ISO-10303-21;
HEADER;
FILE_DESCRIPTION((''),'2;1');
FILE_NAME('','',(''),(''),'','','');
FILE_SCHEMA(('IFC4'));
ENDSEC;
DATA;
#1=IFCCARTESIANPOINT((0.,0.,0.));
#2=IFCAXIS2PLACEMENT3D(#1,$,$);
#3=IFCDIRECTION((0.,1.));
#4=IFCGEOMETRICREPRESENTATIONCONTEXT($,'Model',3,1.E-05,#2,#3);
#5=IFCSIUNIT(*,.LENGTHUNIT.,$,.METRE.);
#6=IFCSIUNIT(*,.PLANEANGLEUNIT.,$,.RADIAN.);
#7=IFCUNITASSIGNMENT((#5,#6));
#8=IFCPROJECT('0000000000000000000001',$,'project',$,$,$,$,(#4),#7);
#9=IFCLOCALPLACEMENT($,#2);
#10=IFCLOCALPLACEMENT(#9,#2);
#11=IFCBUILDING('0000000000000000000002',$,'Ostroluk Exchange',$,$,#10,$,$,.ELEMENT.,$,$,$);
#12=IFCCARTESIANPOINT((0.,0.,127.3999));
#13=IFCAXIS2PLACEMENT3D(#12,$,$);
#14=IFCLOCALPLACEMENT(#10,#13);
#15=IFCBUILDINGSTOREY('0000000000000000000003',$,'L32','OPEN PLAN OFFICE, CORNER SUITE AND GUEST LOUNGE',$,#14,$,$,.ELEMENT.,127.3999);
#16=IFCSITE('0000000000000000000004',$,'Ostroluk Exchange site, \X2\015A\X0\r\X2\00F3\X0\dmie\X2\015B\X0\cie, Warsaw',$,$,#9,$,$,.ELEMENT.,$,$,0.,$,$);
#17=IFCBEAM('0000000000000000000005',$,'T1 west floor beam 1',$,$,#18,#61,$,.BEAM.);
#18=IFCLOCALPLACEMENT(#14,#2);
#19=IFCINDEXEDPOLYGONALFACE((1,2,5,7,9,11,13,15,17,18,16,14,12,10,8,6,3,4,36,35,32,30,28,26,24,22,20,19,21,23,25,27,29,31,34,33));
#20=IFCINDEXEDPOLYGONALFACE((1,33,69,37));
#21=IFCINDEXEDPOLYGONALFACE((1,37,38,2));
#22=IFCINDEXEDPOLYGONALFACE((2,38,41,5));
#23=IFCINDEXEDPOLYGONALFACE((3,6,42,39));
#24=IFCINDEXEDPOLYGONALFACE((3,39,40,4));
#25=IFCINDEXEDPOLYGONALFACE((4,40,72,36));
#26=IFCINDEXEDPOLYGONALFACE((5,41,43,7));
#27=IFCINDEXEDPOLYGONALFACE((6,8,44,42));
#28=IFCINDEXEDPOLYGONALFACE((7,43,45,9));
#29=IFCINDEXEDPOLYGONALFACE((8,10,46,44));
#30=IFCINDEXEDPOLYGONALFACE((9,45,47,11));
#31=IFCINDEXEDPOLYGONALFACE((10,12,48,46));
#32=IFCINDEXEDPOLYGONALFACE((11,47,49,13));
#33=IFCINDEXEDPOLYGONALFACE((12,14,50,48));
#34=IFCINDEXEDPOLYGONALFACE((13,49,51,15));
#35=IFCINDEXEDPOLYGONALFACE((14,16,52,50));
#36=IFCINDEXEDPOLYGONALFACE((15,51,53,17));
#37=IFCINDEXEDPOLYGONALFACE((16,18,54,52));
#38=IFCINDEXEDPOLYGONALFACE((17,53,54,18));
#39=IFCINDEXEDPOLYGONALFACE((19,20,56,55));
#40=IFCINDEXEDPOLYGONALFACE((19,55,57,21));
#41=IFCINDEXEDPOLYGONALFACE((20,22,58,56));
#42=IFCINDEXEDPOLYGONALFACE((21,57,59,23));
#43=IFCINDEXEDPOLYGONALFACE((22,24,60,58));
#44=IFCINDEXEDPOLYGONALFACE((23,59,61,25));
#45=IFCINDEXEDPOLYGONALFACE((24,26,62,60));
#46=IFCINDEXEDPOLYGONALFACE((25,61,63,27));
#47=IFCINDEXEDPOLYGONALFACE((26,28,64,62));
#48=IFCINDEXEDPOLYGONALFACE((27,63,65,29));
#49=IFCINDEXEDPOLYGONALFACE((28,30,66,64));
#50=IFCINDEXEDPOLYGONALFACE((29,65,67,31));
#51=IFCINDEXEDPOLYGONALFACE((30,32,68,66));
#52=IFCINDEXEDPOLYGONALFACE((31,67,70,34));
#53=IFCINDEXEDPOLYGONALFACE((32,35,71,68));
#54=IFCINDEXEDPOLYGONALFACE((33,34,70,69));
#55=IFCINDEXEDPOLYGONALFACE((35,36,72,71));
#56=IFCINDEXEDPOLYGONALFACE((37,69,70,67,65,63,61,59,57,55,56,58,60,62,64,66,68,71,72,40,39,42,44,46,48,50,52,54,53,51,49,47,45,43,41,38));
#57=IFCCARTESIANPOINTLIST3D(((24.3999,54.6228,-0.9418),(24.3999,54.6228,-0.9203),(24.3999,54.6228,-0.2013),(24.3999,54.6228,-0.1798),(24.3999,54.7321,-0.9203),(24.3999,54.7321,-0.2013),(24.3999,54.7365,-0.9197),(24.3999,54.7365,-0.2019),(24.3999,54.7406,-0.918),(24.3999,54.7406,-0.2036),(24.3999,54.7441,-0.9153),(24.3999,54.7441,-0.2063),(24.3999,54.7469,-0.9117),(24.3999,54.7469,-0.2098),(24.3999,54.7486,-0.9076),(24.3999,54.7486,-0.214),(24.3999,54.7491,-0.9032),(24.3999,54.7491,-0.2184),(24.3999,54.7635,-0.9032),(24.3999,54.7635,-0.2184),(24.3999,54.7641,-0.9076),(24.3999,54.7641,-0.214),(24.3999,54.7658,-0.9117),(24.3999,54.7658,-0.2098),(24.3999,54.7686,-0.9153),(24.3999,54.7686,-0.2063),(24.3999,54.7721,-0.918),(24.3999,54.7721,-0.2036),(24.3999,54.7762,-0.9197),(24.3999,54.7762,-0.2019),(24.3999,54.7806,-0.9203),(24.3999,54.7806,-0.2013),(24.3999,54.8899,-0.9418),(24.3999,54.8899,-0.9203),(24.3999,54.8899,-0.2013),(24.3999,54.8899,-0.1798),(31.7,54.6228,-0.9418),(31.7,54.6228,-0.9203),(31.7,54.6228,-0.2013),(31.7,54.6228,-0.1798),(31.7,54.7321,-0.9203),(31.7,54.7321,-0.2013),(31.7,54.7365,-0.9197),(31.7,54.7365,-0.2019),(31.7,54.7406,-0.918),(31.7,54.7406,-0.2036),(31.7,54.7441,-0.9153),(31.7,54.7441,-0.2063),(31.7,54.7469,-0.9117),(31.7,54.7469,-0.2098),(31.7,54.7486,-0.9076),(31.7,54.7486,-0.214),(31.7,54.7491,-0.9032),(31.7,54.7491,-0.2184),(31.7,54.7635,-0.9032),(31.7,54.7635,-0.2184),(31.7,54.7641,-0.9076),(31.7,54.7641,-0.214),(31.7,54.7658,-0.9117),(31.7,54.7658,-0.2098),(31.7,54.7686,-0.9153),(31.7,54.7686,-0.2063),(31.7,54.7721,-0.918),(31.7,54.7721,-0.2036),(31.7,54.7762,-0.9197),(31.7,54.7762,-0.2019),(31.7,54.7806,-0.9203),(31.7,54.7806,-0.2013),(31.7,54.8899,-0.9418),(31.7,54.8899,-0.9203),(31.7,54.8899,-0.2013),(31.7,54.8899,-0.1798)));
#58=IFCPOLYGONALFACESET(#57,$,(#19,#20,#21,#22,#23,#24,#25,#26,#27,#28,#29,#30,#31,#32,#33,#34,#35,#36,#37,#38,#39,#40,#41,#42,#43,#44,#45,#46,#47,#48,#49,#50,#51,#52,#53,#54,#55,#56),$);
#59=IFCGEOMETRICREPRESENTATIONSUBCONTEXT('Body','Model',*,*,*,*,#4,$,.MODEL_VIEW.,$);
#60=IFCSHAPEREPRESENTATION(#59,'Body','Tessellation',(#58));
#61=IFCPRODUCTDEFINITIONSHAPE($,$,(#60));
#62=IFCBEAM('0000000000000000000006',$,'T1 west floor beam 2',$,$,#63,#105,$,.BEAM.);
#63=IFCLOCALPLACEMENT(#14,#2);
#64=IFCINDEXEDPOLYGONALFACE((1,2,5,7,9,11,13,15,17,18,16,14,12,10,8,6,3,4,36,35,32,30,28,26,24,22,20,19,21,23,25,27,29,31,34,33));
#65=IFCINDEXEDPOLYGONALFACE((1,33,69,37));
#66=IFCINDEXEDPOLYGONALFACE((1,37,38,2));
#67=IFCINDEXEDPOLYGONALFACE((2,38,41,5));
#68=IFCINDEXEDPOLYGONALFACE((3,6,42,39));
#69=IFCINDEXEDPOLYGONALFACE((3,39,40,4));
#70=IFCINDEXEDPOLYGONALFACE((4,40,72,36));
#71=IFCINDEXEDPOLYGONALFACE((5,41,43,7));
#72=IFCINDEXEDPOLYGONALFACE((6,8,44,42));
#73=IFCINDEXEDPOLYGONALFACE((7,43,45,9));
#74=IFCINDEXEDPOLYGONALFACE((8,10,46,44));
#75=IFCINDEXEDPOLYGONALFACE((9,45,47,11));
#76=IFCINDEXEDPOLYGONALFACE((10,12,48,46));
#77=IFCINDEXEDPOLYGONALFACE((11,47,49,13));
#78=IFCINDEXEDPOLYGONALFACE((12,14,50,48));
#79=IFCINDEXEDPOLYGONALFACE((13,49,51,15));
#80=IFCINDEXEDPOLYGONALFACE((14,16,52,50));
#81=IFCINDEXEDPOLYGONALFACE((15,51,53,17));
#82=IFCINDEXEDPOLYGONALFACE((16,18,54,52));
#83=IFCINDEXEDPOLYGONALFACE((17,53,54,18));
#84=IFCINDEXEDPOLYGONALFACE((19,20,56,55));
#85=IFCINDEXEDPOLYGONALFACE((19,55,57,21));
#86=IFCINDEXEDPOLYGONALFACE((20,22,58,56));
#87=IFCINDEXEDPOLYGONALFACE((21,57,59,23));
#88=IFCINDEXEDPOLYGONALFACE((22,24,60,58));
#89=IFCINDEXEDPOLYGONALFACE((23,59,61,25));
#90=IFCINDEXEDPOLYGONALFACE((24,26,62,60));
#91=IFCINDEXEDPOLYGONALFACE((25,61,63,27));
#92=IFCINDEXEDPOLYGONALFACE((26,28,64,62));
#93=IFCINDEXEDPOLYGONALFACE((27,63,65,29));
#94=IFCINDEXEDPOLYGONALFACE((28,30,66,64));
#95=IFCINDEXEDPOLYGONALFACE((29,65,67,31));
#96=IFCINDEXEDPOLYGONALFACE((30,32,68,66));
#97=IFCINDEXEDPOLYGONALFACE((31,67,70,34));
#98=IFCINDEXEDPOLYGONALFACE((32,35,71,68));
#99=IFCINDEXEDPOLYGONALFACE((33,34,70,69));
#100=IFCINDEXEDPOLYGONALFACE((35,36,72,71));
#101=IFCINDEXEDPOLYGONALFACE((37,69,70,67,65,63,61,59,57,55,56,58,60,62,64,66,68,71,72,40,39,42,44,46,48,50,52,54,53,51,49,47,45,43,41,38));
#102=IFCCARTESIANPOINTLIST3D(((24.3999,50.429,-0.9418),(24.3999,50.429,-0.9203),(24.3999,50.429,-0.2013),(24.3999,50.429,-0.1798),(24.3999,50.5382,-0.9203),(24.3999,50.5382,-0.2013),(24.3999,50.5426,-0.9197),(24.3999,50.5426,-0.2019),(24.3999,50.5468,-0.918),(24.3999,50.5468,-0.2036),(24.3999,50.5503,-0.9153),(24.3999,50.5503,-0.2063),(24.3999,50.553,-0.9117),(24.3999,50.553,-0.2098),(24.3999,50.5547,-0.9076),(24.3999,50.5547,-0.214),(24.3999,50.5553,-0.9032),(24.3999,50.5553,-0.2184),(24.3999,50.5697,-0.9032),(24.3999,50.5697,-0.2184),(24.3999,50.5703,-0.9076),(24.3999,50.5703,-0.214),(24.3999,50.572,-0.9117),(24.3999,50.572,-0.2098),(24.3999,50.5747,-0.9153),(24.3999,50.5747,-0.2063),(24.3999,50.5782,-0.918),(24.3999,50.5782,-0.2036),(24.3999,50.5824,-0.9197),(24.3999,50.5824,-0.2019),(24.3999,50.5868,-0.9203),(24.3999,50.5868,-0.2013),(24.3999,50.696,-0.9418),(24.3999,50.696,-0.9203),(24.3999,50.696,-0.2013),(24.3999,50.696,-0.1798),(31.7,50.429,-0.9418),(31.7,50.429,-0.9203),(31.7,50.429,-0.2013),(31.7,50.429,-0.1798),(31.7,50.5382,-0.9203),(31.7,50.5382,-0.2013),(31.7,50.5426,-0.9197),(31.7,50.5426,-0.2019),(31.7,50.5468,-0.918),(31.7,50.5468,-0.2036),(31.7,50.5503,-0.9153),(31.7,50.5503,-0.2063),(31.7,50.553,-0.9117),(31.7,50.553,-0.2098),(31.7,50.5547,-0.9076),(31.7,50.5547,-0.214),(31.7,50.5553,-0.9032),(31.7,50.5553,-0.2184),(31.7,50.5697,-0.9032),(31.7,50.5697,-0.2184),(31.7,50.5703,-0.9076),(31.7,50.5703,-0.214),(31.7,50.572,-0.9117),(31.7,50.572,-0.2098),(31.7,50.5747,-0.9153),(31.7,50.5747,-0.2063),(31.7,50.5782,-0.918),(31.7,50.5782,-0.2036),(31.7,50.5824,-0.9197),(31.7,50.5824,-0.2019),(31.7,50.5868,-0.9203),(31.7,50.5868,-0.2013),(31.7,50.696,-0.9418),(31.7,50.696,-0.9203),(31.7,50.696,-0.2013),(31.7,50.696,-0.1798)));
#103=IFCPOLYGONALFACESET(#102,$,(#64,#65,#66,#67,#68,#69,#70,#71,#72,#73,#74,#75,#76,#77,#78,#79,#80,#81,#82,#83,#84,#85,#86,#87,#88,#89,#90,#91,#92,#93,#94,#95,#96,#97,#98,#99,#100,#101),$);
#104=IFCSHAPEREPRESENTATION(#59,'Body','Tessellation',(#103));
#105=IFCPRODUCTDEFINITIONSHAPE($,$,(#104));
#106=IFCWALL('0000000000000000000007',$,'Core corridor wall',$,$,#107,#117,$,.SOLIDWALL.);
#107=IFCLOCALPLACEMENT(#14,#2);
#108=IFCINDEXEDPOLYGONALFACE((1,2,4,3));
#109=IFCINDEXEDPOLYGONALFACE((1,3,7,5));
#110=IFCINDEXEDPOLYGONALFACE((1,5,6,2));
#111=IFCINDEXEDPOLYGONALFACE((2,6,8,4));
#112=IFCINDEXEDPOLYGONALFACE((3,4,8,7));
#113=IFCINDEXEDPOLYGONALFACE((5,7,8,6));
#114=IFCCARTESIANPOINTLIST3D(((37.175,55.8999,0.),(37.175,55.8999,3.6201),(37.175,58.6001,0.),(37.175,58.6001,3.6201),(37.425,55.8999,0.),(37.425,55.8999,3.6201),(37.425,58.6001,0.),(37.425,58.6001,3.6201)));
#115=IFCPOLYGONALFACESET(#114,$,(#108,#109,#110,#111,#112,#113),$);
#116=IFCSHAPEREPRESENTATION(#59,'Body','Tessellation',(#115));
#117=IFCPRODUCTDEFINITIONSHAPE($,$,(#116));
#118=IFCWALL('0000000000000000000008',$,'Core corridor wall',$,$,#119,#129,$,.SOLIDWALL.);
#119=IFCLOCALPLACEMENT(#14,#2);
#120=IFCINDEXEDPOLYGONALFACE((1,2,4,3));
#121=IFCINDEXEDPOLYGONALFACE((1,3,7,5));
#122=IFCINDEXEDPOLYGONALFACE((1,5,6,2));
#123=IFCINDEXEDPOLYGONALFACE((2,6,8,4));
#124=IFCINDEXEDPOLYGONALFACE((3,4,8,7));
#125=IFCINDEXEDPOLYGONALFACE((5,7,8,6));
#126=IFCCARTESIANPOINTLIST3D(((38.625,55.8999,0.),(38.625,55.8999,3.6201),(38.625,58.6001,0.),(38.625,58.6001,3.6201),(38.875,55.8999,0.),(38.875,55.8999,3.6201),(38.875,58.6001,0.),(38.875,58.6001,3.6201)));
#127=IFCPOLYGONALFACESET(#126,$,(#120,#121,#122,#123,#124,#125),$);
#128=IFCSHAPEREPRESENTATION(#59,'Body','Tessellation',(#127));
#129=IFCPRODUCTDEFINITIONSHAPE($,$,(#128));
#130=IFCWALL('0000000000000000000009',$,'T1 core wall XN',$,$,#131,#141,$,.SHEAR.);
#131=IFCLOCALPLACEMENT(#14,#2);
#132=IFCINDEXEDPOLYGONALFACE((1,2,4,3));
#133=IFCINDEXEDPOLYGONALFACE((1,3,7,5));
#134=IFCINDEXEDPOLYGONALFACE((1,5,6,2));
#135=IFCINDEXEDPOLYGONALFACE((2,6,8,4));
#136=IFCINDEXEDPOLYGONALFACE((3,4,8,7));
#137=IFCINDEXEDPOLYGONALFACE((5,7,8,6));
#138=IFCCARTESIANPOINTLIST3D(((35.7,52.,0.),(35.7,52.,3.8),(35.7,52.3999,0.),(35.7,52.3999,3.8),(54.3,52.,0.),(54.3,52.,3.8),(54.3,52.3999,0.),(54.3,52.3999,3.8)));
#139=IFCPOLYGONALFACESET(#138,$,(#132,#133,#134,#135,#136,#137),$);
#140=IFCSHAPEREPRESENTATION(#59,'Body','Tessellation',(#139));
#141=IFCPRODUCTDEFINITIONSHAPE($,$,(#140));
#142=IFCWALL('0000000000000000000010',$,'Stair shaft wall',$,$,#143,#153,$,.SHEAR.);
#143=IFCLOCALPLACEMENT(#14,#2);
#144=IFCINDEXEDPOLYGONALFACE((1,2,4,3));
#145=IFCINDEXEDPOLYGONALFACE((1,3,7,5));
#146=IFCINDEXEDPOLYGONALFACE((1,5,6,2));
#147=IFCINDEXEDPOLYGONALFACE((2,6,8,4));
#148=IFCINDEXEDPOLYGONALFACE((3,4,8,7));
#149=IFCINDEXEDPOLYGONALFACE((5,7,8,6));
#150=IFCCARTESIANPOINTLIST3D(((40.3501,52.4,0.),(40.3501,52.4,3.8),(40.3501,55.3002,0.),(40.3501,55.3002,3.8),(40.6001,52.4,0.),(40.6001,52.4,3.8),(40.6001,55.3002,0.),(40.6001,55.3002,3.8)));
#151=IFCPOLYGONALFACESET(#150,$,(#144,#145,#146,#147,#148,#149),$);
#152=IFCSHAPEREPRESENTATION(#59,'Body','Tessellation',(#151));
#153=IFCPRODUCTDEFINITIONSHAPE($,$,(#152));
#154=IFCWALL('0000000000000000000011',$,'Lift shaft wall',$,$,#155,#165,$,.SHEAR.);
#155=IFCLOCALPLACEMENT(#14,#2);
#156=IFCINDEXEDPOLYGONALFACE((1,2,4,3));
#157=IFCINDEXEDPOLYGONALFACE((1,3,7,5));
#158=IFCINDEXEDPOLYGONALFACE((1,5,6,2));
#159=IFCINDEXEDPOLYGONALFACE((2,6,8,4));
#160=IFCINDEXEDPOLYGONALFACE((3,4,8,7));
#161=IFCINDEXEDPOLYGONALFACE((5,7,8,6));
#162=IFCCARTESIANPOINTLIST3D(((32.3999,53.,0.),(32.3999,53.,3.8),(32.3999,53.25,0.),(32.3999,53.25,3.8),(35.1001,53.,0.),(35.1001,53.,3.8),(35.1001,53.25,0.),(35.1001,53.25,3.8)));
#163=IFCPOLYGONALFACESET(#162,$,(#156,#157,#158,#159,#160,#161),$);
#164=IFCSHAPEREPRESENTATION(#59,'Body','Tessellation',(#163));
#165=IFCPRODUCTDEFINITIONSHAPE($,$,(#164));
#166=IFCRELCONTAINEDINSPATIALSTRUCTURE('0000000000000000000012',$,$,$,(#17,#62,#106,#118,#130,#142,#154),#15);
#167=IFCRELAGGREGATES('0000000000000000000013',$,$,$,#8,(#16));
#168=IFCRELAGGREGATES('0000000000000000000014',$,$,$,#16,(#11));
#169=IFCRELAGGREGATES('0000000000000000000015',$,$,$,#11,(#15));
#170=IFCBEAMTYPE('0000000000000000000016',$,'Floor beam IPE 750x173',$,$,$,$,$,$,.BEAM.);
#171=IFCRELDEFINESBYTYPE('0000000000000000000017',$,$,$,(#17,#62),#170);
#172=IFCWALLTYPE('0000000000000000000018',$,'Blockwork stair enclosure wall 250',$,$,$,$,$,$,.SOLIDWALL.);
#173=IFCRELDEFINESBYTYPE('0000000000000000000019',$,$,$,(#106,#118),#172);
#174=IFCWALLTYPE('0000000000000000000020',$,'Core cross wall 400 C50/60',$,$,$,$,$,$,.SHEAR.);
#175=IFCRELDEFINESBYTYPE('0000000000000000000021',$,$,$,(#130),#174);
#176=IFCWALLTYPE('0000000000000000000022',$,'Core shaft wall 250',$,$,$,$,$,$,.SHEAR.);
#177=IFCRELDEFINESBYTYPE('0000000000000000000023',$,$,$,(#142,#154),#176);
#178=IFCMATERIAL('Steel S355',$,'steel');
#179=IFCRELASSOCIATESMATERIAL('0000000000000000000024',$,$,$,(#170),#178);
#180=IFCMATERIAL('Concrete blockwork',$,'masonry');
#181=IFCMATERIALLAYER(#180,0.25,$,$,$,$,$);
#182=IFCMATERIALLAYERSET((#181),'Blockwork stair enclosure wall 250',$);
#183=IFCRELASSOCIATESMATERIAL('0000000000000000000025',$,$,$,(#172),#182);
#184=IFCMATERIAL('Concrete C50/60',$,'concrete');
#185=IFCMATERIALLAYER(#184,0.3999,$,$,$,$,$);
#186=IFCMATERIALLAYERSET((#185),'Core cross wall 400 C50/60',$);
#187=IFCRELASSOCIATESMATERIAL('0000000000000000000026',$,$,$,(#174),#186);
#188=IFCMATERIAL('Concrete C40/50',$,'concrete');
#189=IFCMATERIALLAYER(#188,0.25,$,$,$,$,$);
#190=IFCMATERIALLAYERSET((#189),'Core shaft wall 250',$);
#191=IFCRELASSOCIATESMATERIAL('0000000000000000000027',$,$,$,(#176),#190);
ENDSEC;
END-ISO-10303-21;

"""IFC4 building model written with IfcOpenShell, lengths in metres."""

from ifc_helpers import new_model, si_unit, direction, frame, frame_2d, origin, origin_2d, place, context, subcontext, project, spatial, rectangle, i_section, extrude, material, layer, layer_set, material_profile, profile_set, type_object, element, save


model = new_model("IFC4")

# Units and contexts
model_context = context("Model", 3, precision=1e-05, world=origin(), true_north=direction((0.0, 1.0)))
body_context = subcontext(model_context, "Body", "Model", "MODEL_VIEW")
ifc_project = project(units=[si_unit("LENGTHUNIT", "METRE"), si_unit("PLANEANGLEUNIT", "RADIAN")], contexts=[model_context])

# Site, building, storey
site_placement = place(None, origin())
site = spatial("IfcSite", under=ifc_project, at=site_placement, Name="Ostroluk Exchange site, Śródmieście, Warsaw", CompositionType="ELEMENT", RefElevation=0.0)
building_placement = place(site_placement, origin())
building = spatial("IfcBuilding", under=site, at=building_placement, Name="Ostroluk Exchange", CompositionType="ELEMENT")
storey_placement = place(building_placement, frame((0.0, 0.0, 127.3999)))
storey = spatial("IfcBuildingStorey", under=building, at=storey_placement, Name="L32", Description="OPEN PLAN OFFICE, CORNER SUITE AND GUEST LOUNGE", CompositionType="ELEMENT", Elevation=127.3999)

# Beams
ifc_material_1 = material(Name="Steel S355", Category="steel")
ifc_material_profile = material_profile(ifc_material_1, i_section(OverallWidth=0.2671, OverallDepth=0.762, WebThickness=0.0144, FlangeThickness=0.0215, FilletRadius=0.0171, at=origin_2d()), Name="IPE 750x173")
ifc_profile_set = profile_set([ifc_material_profile], Name="Steel S355")
beam_type = type_object("IfcBeamType", Name="Floor beam IPE 750x173", PredefinedType="BEAM", material=ifc_profile_set)
for number, where, z_axis, x_axis, name in (
    (1, (31.7, 54.7563, -0.5608), (-1.0, 0.0, 0.0), (0.0, -1.0, 0.0), "T1 west floor beam 1"),
    (2, (31.7, 50.5625, -0.5608), (-1.0, 0.0, 0.0), (0.0, -1.0, 0.0), "T1 west floor beam 2"),
):
    element("IfcBeam", number, at=place(storey_placement, frame(where, z_axis=z_axis, x_axis=x_axis)), inside=storey, type_object=beam_type, Name=name, PredefinedType="BEAM", context=body_context, shape_type="SweptSolid", body=[
        extrude(i_section(OverallWidth=0.2671, OverallDepth=0.762, WebThickness=0.0144, FlangeThickness=0.0215, FilletRadius=0.0171, at=origin_2d()), origin(), (0.0, 0.0, 1.0), 7.3),
    ])

# Walls
ifc_material_2 = material(Name="Concrete blockwork", Category="masonry")
ifc_layer_1 = layer(ifc_material_2, 0.25)
ifc_layer_set_1 = layer_set([ifc_layer_1], Name="Blockwork stair enclosure wall 250")
wall_type_1 = type_object("IfcWallType", Name="Blockwork stair enclosure wall 250", PredefinedType="SOLIDWALL", material=ifc_layer_set_1)
for number, where, z_axis, x_axis, name in (
    (3, (37.3, 55.8999, 0.0), (0.0, 0.0, 1.0), (0.0, 1.0, 0.0), "Core corridor wall"),
    (4, (38.75, 55.8999, 0.0), (0.0, 0.0, 1.0), (0.0, 1.0, 0.0), "Core corridor wall"),
):
    element("IfcWall", number, at=place(storey_placement, frame(where, z_axis=z_axis, x_axis=x_axis)), inside=storey, type_object=wall_type_1, Name=name, PredefinedType="SOLIDWALL", context=body_context, shape_type="SweptSolid", body=[
        extrude(rectangle(XDim=2.7002, YDim=0.25, at=frame_2d((1.3501, 0.0))), origin(), (0.0, 0.0, 1.0), 3.6201),
    ])
ifc_material_3 = material(Name="Concrete C50/60", Category="concrete")
ifc_layer_2 = layer(ifc_material_3, 0.3999)
ifc_layer_set_2 = layer_set([ifc_layer_2], Name="Core cross wall 400 C50/60")
wall_type_2 = type_object("IfcWallType", Name="Core cross wall 400 C50/60", PredefinedType="SHEAR", material=ifc_layer_set_2)
wall_1_placement = place(storey_placement, frame((35.7, 52.2, 0.0), z_axis=(0.0, 0.0, 1.0), x_axis=(1.0, 0.0, 0.0)))
element("IfcWall", 5, at=wall_1_placement, inside=storey, type_object=wall_type_2, Name="T1 core wall XN", PredefinedType="SHEAR", context=body_context, shape_type="SweptSolid", body=[
    extrude(rectangle(XDim=18.6001, YDim=0.3999, at=frame_2d((9.3, 0.0))), origin(), (0.0, 0.0, 1.0), 3.8),
])
ifc_material_4 = material(Name="Concrete C40/50", Category="concrete")
ifc_layer_3 = layer(ifc_material_4, 0.25)
ifc_layer_set_3 = layer_set([ifc_layer_3], Name="Core shaft wall 250")
wall_type_3 = type_object("IfcWallType", Name="Core shaft wall 250", PredefinedType="SHEAR", material=ifc_layer_set_3)
wall_2_placement = place(storey_placement, frame((40.4751, 52.3999, 0.0), z_axis=(0.0, 0.0, 1.0), x_axis=(0.0, 1.0, 0.0)))
element("IfcWall", 6, at=wall_2_placement, inside=storey, type_object=wall_type_3, Name="Stair shaft wall", PredefinedType="SHEAR", context=body_context, shape_type="SweptSolid", body=[
    extrude(rectangle(XDim=2.9001, YDim=0.25, at=frame_2d((1.4502, 0.0))), origin(), (0.0, 0.0, 1.0), 3.8),
])
wall_3_placement = place(storey_placement, frame((32.3999, 53.125, 0.0), z_axis=(0.0, 0.0, 1.0), x_axis=(1.0, 0.0, 0.0)))
element("IfcWall", 7, at=wall_3_placement, inside=storey, type_object=wall_type_3, Name="Lift shaft wall", PredefinedType="SHEAR", context=body_context, shape_type="SweptSolid", body=[
    extrude(rectangle(XDim=2.7002, YDim=0.25, at=frame_2d((1.3501, 0.0))), origin(), (0.0, 0.0, 1.0), 3.8),
])

save(model, "model.ifc")
